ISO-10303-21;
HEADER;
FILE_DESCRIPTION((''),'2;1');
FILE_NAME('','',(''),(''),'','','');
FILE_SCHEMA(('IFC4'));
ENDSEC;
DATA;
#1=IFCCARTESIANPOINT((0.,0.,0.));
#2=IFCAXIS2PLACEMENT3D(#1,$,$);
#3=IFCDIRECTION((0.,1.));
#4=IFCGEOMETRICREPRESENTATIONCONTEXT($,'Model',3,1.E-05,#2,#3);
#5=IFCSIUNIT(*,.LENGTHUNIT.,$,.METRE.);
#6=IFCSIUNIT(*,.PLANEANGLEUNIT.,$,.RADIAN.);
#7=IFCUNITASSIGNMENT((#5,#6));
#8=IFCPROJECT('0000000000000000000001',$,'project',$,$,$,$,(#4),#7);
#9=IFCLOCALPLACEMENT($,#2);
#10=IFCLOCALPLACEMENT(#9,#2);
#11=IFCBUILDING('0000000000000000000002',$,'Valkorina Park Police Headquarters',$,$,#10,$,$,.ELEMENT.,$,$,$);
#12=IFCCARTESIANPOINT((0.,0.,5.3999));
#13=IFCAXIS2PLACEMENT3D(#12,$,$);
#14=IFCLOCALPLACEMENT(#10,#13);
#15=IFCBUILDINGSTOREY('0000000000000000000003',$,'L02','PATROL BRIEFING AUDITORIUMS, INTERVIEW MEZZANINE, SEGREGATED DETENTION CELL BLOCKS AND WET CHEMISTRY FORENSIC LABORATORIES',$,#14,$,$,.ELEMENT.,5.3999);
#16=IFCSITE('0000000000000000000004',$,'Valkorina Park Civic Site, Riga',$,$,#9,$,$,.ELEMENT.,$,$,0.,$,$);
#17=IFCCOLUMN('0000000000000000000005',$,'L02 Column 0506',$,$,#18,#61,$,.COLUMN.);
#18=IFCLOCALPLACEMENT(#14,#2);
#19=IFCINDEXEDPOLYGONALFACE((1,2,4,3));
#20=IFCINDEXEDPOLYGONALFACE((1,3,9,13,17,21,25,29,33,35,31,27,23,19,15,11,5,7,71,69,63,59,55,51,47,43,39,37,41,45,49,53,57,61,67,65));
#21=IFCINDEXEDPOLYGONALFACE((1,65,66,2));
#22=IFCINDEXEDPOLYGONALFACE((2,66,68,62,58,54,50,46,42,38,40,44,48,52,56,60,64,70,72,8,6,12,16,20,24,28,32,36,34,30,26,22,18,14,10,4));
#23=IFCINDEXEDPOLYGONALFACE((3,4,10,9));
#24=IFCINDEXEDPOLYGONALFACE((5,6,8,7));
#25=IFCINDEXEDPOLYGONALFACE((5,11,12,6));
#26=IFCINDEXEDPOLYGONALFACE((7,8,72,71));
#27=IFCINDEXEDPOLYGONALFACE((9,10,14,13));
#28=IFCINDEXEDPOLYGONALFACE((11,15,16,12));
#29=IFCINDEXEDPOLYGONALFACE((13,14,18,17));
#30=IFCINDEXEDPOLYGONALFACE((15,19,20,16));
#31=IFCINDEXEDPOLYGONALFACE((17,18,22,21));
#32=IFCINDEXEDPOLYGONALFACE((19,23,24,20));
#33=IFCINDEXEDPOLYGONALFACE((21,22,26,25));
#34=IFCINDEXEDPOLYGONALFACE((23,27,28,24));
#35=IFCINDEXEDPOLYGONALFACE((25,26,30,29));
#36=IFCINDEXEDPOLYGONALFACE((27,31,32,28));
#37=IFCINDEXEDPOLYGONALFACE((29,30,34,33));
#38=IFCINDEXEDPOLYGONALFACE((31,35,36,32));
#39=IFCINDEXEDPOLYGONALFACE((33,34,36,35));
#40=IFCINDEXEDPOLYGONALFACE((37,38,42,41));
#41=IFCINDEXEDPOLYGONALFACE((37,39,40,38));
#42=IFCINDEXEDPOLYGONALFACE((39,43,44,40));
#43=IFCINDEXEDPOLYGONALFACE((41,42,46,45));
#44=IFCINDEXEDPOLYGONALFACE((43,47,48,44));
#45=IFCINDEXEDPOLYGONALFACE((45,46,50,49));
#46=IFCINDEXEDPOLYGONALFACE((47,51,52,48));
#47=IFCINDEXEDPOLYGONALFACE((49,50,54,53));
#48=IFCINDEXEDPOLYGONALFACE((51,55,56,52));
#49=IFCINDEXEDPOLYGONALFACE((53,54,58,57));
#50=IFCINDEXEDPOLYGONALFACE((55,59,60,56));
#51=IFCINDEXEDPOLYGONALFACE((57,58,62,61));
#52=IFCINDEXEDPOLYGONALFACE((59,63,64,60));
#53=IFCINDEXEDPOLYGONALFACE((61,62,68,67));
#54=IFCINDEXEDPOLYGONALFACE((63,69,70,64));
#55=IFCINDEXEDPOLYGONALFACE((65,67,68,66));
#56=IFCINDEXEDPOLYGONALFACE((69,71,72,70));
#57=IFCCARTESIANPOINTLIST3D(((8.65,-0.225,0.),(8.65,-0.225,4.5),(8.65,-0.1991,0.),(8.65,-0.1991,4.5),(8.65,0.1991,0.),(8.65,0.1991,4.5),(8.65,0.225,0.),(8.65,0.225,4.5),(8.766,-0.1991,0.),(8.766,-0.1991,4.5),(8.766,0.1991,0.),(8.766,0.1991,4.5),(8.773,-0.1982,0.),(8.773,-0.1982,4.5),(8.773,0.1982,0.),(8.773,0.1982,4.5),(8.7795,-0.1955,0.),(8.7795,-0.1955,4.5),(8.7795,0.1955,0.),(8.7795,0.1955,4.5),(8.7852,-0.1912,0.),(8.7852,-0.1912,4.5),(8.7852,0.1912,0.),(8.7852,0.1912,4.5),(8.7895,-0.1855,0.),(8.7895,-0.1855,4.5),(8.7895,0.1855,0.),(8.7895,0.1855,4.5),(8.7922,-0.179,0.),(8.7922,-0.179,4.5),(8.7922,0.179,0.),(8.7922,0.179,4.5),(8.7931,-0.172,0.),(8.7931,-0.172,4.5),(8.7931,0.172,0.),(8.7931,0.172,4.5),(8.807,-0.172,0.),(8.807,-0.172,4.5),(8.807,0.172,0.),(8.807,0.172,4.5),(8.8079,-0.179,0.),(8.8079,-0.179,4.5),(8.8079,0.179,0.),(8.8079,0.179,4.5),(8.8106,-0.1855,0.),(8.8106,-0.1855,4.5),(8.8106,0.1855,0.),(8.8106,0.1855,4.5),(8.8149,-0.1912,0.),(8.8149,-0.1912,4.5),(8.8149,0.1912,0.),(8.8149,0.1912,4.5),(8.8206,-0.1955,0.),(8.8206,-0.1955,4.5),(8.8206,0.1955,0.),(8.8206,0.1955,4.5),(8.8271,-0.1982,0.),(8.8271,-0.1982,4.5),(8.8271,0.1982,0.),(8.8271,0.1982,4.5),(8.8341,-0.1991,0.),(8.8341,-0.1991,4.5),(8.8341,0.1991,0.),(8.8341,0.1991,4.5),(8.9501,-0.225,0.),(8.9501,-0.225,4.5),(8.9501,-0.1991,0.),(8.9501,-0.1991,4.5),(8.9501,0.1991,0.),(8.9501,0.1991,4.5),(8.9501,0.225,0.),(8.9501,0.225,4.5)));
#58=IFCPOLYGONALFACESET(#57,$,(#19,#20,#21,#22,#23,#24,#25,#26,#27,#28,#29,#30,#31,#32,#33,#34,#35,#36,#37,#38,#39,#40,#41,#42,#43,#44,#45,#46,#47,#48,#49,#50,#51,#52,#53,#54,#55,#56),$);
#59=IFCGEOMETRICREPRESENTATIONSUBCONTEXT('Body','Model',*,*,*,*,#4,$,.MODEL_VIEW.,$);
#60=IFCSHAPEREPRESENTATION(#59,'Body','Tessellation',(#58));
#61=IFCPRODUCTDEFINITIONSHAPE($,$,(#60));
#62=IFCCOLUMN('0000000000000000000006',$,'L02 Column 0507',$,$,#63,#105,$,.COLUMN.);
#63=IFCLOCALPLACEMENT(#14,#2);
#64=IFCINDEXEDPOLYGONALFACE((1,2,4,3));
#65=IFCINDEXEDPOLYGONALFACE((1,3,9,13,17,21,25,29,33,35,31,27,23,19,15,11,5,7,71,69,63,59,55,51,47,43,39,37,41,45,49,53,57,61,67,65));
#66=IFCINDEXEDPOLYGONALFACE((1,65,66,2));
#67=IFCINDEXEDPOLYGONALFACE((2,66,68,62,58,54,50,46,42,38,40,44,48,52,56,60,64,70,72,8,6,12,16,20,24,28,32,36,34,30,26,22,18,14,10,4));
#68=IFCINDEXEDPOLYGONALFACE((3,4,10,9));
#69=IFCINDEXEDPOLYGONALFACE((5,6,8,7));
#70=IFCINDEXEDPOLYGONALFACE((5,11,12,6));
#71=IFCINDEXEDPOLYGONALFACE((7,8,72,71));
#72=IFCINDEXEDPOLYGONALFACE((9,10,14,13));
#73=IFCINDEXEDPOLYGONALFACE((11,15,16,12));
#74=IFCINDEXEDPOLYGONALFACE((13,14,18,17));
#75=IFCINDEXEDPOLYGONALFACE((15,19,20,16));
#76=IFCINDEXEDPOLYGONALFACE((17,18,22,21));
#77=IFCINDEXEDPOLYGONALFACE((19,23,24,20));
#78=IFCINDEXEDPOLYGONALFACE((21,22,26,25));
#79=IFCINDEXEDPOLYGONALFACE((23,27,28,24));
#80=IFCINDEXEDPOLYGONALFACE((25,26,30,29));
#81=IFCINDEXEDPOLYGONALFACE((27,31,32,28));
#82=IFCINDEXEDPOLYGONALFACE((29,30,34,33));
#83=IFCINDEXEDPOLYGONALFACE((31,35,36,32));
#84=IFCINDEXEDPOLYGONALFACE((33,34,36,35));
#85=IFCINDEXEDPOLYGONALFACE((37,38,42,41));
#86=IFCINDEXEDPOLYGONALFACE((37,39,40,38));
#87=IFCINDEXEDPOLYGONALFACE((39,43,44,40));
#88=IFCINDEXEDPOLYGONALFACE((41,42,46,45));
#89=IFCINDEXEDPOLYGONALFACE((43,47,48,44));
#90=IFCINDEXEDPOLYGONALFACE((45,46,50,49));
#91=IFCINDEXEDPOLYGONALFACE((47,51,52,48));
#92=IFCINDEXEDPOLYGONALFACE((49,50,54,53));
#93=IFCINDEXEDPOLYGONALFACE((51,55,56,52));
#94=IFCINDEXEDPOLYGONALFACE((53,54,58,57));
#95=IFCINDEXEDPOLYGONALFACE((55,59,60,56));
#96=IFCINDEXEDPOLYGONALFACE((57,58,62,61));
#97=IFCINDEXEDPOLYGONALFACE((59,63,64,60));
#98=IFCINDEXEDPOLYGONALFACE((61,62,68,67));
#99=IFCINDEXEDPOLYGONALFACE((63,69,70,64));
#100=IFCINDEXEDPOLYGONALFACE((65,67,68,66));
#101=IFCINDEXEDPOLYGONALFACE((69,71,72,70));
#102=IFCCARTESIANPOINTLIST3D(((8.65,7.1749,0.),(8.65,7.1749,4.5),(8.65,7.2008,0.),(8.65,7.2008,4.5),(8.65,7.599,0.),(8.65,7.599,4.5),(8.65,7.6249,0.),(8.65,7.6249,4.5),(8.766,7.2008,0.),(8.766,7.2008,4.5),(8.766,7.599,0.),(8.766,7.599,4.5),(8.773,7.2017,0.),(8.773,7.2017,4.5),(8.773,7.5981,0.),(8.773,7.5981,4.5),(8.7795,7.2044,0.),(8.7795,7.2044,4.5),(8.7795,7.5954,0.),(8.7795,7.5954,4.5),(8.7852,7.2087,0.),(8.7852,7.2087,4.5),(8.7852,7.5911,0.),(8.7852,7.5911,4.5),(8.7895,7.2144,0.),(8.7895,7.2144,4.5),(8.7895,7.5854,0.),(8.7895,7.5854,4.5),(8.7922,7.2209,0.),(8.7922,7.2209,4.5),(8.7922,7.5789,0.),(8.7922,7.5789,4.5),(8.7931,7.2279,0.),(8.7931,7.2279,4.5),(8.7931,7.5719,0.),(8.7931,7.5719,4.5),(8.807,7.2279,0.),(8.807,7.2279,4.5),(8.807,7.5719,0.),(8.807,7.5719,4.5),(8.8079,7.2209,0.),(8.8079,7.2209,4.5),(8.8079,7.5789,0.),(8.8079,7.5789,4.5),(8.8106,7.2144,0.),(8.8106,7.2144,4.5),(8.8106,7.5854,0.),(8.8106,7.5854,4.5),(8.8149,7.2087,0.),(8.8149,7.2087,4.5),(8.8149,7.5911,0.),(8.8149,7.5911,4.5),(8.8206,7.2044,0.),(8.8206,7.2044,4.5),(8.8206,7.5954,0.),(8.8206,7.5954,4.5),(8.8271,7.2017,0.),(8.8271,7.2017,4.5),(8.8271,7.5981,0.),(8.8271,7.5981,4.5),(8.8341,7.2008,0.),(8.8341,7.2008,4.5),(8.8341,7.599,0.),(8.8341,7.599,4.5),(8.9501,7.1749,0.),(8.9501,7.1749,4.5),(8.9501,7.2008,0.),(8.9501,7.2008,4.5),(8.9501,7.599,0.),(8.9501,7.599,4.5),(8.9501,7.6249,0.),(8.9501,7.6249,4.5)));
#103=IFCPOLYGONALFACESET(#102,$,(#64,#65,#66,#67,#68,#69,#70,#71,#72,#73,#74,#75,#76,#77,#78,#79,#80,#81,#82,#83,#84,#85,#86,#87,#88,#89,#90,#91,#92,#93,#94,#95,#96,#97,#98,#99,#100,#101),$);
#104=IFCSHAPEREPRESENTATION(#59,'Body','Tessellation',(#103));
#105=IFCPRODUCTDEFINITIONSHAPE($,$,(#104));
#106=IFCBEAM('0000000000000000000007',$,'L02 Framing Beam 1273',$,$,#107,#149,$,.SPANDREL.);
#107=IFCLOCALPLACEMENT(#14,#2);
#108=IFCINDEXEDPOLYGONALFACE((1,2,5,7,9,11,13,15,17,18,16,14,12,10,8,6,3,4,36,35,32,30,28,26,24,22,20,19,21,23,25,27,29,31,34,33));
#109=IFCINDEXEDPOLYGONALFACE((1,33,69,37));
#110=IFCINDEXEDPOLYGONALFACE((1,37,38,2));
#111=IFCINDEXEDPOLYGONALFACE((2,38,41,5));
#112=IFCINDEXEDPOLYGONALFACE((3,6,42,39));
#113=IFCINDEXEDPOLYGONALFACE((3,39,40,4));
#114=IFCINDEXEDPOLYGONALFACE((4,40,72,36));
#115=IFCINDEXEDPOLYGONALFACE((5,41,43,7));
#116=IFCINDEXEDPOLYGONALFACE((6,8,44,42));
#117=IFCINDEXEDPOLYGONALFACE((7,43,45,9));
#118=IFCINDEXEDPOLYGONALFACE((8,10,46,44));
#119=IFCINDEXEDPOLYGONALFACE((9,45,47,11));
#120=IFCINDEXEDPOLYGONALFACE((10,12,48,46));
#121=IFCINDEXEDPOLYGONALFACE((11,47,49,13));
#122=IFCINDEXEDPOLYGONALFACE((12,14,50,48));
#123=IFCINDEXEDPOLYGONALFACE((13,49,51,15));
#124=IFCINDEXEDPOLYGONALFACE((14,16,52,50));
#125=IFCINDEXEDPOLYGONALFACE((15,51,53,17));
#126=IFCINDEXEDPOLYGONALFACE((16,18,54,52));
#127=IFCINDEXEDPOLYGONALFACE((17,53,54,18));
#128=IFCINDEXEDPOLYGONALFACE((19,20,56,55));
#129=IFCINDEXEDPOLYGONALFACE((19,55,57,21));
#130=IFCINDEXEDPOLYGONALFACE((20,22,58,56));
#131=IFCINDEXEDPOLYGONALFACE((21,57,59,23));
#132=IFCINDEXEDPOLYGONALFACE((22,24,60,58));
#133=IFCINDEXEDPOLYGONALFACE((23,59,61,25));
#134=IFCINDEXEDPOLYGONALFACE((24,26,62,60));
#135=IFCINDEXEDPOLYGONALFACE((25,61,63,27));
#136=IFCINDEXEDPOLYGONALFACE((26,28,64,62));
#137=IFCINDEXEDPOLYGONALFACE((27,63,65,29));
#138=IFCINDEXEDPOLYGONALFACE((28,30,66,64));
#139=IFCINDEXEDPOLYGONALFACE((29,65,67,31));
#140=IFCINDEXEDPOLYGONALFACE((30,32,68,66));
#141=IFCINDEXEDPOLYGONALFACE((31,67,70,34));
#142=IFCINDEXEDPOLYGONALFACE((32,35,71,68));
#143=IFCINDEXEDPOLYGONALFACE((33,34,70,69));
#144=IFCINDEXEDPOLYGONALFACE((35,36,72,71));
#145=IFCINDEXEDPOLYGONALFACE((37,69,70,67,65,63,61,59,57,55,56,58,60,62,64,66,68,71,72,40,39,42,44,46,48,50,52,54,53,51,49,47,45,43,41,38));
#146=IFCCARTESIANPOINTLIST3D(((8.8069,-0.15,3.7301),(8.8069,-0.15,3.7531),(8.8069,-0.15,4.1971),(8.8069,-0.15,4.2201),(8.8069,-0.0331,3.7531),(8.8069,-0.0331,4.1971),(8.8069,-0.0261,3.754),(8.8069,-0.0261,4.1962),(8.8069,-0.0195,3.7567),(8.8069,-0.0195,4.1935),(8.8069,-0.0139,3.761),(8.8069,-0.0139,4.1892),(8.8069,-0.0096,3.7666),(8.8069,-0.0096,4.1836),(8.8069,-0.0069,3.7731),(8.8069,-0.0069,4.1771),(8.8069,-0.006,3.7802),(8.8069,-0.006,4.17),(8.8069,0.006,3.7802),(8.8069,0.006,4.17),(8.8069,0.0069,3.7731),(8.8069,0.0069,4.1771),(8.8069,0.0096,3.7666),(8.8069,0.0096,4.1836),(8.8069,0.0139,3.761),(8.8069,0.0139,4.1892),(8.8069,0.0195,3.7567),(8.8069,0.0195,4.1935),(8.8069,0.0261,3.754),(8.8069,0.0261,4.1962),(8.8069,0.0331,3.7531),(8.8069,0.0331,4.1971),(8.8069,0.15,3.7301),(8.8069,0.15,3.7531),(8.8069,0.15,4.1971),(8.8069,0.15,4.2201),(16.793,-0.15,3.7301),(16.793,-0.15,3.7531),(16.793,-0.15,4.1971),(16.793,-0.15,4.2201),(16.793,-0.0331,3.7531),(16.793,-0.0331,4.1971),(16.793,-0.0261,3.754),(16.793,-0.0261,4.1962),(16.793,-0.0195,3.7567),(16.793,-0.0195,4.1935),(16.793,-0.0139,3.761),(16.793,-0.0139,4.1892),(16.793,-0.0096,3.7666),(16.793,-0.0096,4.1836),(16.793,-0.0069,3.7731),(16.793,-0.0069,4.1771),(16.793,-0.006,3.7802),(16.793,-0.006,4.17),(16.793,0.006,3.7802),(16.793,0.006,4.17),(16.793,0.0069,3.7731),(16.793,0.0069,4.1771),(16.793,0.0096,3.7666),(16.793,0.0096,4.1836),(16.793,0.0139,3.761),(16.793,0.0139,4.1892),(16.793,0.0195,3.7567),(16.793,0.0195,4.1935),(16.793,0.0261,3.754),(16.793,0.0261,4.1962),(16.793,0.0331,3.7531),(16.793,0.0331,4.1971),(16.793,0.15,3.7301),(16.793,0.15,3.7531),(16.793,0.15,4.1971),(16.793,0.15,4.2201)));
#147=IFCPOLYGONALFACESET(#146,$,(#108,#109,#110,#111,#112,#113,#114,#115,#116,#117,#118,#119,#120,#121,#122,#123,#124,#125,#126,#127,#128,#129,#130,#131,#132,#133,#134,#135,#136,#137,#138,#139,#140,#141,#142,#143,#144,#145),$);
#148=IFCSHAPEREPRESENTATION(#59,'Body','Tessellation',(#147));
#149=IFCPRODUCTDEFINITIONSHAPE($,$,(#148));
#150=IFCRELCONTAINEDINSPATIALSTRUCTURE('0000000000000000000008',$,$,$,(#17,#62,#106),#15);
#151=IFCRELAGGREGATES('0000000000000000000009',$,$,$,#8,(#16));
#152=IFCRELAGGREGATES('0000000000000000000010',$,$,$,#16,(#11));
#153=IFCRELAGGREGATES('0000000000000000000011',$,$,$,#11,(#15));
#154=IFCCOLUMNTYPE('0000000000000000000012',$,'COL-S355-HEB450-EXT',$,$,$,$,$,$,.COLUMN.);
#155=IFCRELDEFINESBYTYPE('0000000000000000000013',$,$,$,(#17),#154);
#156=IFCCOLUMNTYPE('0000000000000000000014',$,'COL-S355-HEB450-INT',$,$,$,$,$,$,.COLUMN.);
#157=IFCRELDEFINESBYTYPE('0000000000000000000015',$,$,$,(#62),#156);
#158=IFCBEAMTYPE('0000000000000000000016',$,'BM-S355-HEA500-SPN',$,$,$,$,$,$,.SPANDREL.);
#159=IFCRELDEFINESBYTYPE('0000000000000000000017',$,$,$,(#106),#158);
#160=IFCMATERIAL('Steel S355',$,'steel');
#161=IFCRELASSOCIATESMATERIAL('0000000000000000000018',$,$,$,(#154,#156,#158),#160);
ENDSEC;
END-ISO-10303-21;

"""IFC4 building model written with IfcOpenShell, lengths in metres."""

from ifc_helpers import new_model, si_unit, direction, frame, origin, origin_2d, place, context, subcontext, project, spatial, i_section, extrude, material, material_profile, profile_set, type_object, element, save


model = new_model("IFC4")

# Units and contexts
model_context = context("Model", 3, precision=1e-05, world=origin(), true_north=direction((0.0, 1.0)))
body_context = subcontext(model_context, "Body", "Model", "MODEL_VIEW")
ifc_project = project(units=[si_unit("LENGTHUNIT", "METRE"), si_unit("PLANEANGLEUNIT", "RADIAN")], contexts=[model_context])

# Site, building, storey
site_placement = place(None, origin())
site = spatial("IfcSite", under=ifc_project, at=site_placement, Name="Valkorina Park Civic Site, Riga", CompositionType="ELEMENT", RefElevation=0.0)
building_placement = place(site_placement, origin())
building = spatial("IfcBuilding", under=site, at=building_placement, Name="Valkorina Park Police Headquarters", CompositionType="ELEMENT")
storey_placement = place(building_placement, frame((0.0, 0.0, 5.3999)))
storey = spatial("IfcBuildingStorey", under=building, at=storey_placement, Name="L02", Description="PATROL BRIEFING AUDITORIUMS, INTERVIEW MEZZANINE, SEGREGATED DETENTION CELL BLOCKS AND WET CHEMISTRY FORENSIC LABORATORIES", CompositionType="ELEMENT", Elevation=5.3999)

# Columns
ifc_material_1 = material(Name="Steel S355", Category="steel")
ifc_material_profile_1 = material_profile(ifc_material_1, i_section(OverallWidth=0.3, OverallDepth=0.45, WebThickness=0.0139, FlangeThickness=0.0259, FilletRadius=0.0271, at=origin_2d()), Name="HEB 450")
ifc_profile_set_1 = profile_set([ifc_material_profile_1], Name="Steel S355")
column_type_1 = type_object("IfcColumnType", Name="COL-S355-HEB450-EXT", PredefinedType="COLUMN", material=ifc_profile_set_1)
column_1_placement = place(storey_placement, frame((8.8, 0.0, 0.0), z_axis=(0.0, 0.0, 1.0), x_axis=(1.0, 0.0, 0.0)))
element("IfcColumn", 1, at=column_1_placement, inside=storey, type_object=column_type_1, Name="L02 Column 0506", PredefinedType="COLUMN", context=body_context, shape_type="SweptSolid", body=[
    extrude(i_section(OverallWidth=0.3, OverallDepth=0.45, WebThickness=0.0139, FlangeThickness=0.0259, FilletRadius=0.0271, at=origin_2d()), origin(), (0.0, 0.0, 1.0), 4.5),
])
ifc_material_profile_2 = material_profile(ifc_material_1, i_section(OverallWidth=0.3, OverallDepth=0.45, WebThickness=0.0139, FlangeThickness=0.0259, FilletRadius=0.0271, at=origin_2d()), Name="HEB 450")
ifc_profile_set_2 = profile_set([ifc_material_profile_2], Name="Steel S355")
column_type_2 = type_object("IfcColumnType", Name="COL-S355-HEB450-INT", PredefinedType="COLUMN", material=ifc_profile_set_2)
column_2_placement = place(storey_placement, frame((8.8, 7.3999, 0.0), z_axis=(0.0, 0.0, 1.0), x_axis=(1.0, 0.0, 0.0)))
element("IfcColumn", 2, at=column_2_placement, inside=storey, type_object=column_type_2, Name="L02 Column 0507", PredefinedType="COLUMN", context=body_context, shape_type="SweptSolid", body=[
    extrude(i_section(OverallWidth=0.3, OverallDepth=0.45, WebThickness=0.0139, FlangeThickness=0.0259, FilletRadius=0.0271, at=origin_2d()), origin(), (0.0, 0.0, 1.0), 4.5),
])

# Beam
ifc_material_profile_3 = material_profile(ifc_material_1, i_section(OverallWidth=0.3, OverallDepth=0.49, WebThickness=0.012, FlangeThickness=0.0229, FilletRadius=0.0271, at=origin_2d()), Name="HEA 500")
ifc_profile_set_3 = profile_set([ifc_material_profile_3], Name="Steel S355")
beam_type_1 = type_object("IfcBeamType", Name="BM-S355-HEA500-SPN", PredefinedType="SPANDREL", material=ifc_profile_set_3)
beam_1_placement = place(storey_placement, frame((8.8069, 0.0, 3.9751), z_axis=(1.0, 0.0, 0.0), x_axis=(0.0, 1.0, 0.0)))
element("IfcBeam", 3, at=beam_1_placement, inside=storey, type_object=beam_type_1, Name="L02 Framing Beam 1273", PredefinedType="SPANDREL", context=body_context, shape_type="SweptSolid", body=[
    extrude(i_section(OverallWidth=0.3, OverallDepth=0.49, WebThickness=0.012, FlangeThickness=0.0229, FilletRadius=0.0271, at=origin_2d()), origin(), (0.0, 0.0, 1.0), 7.9861),
])

save(model, "model.ifc")
